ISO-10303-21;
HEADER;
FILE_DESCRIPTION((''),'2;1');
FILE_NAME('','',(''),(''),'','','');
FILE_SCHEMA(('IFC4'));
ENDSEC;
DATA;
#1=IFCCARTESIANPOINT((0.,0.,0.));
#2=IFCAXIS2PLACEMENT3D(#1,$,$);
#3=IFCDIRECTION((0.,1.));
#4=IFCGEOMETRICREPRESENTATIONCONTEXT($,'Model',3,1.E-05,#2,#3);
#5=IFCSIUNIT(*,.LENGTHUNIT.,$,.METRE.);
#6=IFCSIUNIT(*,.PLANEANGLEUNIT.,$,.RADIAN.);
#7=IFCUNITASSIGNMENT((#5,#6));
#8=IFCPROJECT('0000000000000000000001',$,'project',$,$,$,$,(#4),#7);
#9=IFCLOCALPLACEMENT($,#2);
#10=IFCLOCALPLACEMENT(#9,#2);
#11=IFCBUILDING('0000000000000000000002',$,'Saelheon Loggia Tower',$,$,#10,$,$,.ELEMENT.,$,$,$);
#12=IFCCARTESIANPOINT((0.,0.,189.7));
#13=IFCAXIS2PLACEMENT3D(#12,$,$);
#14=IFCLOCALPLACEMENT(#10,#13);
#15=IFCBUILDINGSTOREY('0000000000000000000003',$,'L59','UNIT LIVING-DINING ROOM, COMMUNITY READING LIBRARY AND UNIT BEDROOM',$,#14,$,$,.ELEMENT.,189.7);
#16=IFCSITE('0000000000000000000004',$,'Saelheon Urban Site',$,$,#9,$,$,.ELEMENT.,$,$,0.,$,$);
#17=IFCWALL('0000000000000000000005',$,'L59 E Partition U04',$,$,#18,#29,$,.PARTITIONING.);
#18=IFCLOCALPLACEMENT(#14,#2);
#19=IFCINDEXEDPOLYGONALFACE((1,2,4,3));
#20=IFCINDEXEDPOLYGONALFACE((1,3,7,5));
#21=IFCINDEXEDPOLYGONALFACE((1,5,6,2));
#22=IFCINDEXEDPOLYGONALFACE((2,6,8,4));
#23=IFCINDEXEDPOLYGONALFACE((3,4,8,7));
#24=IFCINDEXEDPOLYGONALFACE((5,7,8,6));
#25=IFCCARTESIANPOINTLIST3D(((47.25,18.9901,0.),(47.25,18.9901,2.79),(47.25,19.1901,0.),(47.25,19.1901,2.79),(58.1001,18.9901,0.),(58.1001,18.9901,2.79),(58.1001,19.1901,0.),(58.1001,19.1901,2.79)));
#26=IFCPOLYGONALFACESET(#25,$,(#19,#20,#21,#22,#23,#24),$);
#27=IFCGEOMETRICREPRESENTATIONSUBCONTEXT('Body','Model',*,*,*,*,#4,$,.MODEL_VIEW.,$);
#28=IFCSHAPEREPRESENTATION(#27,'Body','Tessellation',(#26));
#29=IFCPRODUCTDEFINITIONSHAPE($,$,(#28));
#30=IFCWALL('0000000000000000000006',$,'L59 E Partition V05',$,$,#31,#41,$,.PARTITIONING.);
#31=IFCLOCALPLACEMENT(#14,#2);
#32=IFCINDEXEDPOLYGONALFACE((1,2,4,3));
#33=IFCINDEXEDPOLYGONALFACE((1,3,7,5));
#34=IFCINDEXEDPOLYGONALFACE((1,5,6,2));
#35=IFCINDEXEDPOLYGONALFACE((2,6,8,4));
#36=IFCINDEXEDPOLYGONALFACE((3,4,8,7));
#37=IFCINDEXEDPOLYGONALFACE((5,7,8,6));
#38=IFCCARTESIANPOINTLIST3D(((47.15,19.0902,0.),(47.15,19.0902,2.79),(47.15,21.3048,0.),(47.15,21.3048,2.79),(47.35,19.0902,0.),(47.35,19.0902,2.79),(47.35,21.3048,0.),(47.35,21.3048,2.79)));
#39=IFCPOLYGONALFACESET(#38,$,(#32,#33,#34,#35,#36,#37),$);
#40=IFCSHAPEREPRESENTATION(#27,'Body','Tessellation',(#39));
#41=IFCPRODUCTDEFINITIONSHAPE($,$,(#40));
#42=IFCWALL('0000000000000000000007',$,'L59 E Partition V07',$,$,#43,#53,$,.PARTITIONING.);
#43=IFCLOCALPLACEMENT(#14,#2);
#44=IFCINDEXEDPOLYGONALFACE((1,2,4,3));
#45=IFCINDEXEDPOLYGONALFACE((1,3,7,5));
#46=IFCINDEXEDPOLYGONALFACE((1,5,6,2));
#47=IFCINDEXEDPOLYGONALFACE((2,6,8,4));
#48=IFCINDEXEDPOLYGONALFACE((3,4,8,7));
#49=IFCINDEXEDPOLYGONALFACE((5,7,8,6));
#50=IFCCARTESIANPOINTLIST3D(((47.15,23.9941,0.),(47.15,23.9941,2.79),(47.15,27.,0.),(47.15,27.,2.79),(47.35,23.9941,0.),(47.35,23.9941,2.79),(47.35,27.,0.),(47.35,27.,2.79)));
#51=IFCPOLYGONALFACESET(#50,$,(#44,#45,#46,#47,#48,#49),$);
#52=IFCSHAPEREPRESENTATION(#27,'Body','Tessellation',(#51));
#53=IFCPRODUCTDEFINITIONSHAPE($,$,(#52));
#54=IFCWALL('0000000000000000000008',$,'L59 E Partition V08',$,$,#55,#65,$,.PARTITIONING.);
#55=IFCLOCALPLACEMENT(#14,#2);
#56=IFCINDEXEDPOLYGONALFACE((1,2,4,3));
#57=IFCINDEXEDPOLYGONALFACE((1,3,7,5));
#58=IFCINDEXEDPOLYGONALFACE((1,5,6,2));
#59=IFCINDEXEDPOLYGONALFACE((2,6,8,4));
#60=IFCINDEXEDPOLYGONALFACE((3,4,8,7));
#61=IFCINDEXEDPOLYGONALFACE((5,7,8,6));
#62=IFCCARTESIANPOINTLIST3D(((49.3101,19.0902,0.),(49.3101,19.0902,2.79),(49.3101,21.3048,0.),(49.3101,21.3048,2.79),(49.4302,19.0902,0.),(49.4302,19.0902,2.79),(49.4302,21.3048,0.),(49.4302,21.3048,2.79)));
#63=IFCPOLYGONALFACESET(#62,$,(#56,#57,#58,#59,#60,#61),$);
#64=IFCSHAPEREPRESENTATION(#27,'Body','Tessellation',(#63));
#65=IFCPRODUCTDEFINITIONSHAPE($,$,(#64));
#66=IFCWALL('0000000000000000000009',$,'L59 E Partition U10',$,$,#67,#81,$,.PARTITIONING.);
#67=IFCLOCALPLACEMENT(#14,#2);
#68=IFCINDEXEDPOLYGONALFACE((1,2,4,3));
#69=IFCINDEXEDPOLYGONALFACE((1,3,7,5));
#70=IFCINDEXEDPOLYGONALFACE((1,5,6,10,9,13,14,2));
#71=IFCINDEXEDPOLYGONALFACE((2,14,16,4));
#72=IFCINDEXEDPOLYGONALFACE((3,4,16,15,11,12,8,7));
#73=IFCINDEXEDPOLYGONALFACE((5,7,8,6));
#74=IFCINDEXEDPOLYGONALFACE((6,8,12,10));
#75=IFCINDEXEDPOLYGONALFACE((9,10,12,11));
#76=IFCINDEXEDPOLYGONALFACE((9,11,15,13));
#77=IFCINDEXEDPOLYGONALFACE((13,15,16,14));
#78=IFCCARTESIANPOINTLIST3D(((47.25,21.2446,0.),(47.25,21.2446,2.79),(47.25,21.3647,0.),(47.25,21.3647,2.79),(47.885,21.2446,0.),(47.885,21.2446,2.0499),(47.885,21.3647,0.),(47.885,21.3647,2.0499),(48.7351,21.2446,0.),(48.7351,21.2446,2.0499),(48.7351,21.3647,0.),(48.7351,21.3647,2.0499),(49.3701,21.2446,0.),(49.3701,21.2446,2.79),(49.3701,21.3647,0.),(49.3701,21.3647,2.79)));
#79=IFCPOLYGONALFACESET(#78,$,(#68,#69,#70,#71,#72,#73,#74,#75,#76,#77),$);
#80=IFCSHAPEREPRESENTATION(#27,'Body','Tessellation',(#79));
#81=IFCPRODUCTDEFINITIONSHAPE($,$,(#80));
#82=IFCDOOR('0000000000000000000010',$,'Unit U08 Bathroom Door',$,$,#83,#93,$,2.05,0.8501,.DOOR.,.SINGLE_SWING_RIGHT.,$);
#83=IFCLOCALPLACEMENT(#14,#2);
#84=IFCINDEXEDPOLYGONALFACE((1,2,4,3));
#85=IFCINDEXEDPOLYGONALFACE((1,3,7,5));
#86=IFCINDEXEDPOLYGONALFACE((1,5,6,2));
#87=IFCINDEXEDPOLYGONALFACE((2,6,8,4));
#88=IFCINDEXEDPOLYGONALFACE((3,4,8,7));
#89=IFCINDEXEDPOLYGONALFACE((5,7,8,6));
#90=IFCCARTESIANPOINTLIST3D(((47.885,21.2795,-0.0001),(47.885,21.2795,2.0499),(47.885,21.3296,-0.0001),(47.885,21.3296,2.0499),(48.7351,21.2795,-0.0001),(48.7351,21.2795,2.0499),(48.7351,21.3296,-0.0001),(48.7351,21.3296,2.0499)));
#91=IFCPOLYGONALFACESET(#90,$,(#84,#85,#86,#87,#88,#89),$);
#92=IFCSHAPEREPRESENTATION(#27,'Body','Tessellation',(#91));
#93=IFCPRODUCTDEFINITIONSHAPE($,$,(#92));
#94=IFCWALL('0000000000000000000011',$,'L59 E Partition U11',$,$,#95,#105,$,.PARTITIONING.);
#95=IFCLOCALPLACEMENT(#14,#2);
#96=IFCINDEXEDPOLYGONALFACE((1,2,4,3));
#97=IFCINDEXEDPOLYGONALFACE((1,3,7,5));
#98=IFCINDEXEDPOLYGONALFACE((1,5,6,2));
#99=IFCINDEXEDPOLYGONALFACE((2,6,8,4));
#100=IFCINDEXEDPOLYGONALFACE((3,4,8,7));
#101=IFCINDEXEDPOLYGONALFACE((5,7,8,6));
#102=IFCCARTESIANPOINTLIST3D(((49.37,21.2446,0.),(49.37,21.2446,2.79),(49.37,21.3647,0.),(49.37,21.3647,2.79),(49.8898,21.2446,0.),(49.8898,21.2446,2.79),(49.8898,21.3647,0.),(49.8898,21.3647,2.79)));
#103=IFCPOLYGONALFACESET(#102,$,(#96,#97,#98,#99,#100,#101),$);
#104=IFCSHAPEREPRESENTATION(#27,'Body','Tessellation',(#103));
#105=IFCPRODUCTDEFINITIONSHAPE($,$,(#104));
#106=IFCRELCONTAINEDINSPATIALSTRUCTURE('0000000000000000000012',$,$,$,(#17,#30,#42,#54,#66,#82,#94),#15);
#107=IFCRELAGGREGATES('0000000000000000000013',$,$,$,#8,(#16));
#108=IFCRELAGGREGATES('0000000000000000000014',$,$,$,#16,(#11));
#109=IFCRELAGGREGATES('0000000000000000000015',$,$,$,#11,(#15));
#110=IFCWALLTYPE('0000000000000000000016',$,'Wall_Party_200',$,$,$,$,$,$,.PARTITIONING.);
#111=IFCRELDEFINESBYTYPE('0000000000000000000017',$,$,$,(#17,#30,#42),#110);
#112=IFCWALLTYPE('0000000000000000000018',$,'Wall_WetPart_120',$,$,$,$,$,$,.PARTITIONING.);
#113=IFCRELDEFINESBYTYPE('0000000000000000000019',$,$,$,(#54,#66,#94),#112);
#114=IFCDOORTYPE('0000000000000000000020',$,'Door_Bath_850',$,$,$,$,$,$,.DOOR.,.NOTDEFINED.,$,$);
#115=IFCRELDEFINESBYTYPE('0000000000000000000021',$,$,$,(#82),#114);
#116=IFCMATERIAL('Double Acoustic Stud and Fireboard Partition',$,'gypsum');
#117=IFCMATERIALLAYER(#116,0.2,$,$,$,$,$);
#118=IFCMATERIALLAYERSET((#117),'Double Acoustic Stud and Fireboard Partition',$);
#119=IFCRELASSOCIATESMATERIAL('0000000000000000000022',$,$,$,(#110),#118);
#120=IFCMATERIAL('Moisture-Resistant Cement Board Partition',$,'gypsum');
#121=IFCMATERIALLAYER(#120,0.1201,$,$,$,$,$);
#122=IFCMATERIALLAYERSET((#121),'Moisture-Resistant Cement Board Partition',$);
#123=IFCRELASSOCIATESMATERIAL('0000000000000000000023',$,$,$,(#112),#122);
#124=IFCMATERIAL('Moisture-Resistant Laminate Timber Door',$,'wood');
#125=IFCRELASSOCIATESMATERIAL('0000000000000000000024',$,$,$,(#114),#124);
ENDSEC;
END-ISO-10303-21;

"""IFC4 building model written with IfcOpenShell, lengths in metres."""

from ifc_helpers import new_model, si_unit, direction, frame, frame_2d, origin, place, context, subcontext, project, spatial, rectangle, extrude, source, transform, mapped, material, layer, layer_set, type_object, element, fill, save


model = new_model("IFC4")

# Units and contexts
model_context = context("Model", 3, precision=1e-05, world=origin(), true_north=direction((0.0, 1.0)))
body_context = subcontext(model_context, "Body", "Model", "MODEL_VIEW")
ifc_project = project(units=[si_unit("LENGTHUNIT", "METRE"), si_unit("PLANEANGLEUNIT", "RADIAN")], contexts=[model_context])

# Site, building, storey
site_placement = place(None, origin())
site = spatial("IfcSite", under=ifc_project, at=site_placement, Name="Saelheon Urban Site", CompositionType="ELEMENT", RefElevation=0.0)
building_placement = place(site_placement, origin())
building = spatial("IfcBuilding", under=site, at=building_placement, Name="Saelheon Loggia Tower", CompositionType="ELEMENT")
storey_placement = place(building_placement, frame((0.0, 0.0, 189.7)))
storey = spatial("IfcBuildingStorey", under=building, at=storey_placement, Name="L59", Description="UNIT LIVING-DINING ROOM, COMMUNITY READING LIBRARY AND UNIT BEDROOM", CompositionType="ELEMENT", Elevation=189.7)

# Walls
ifc_material_1 = material(Name="Double Acoustic Stud and Fireboard Partition", Category="gypsum")
ifc_layer_1 = layer(ifc_material_1, 0.2)
ifc_layer_set_1 = layer_set([ifc_layer_1], Name="Double Acoustic Stud and Fireboard Partition")
wall_type_1 = type_object("IfcWallType", Name="Wall_Party_200", PredefinedType="PARTITIONING", material=ifc_layer_set_1)
wall_1_placement = place(storey_placement, frame((47.25, 19.0901, 0.0), z_axis=(0.0, 0.0, 1.0), x_axis=(1.0, 0.0, 0.0)))
element("IfcWall", 1, at=wall_1_placement, inside=storey, type_object=wall_type_1, Name="L59 E Partition U04", PredefinedType="PARTITIONING", context=body_context, shape_type="SweptSolid", body=[
    extrude(rectangle(XDim=10.8501, YDim=0.2, at=frame_2d((5.425, 0.0))), origin(), (0.0, 0.0, 1.0), 2.79),
])
wall_2_placement = place(storey_placement, frame((47.25, 19.0901, 0.0), z_axis=(0.0, 0.0, 1.0), x_axis=(0.0, 1.0, 0.0)))
element("IfcWall", 2, at=wall_2_placement, inside=storey, type_object=wall_type_1, Name="L59 E Partition V05", PredefinedType="PARTITIONING", context=body_context, shape_type="SweptSolid", body=[
    extrude(rectangle(XDim=2.2146, YDim=0.2, at=frame_2d((1.1074, 0.0))), origin(), (0.0, 0.0, 1.0), 2.79),
])

# Walls
wall_3_placement = place(storey_placement, frame((47.25, 23.9941, 0.0), z_axis=(0.0, 0.0, 1.0), x_axis=(0.0, 1.0, 0.0)))
element("IfcWall", 3, at=wall_3_placement, inside=storey, type_object=wall_type_1, Name="L59 E Partition V07", PredefinedType="PARTITIONING", context=body_context, shape_type="SweptSolid", body=[
    extrude(rectangle(XDim=3.0059, YDim=0.2, at=frame_2d((1.5029, 0.0))), origin(), (0.0, 0.0, 1.0), 2.79),
])
ifc_material_2 = material(Name="Moisture-Resistant Cement Board Partition", Category="gypsum")
ifc_layer_2 = layer(ifc_material_2, 0.1201)
ifc_layer_set_2 = layer_set([ifc_layer_2], Name="Moisture-Resistant Cement Board Partition")
wall_type_2 = type_object("IfcWallType", Name="Wall_WetPart_120", PredefinedType="PARTITIONING", material=ifc_layer_set_2)
wall_4_placement = place(storey_placement, frame((49.3701, 19.0901, 0.0), z_axis=(0.0, 0.0, 1.0), x_axis=(0.0, 1.0, 0.0)))
element("IfcWall", 4, at=wall_4_placement, inside=storey, type_object=wall_type_2, Name="L59 E Partition V08", PredefinedType="PARTITIONING", context=body_context, shape_type="SweptSolid", body=[
    extrude(rectangle(XDim=2.2146, YDim=0.1201, at=frame_2d((1.1074, 0.0))), origin(), (0.0, 0.0, 1.0), 2.79),
])

# Wall, opening, door
wall_5_placement = place(storey_placement, frame((47.25, 21.3047, 0.0), z_axis=(0.0, 0.0, 1.0), x_axis=(1.0, 0.0, 0.0)))
wall_5 = element("IfcWall", 5, at=wall_5_placement, inside=storey, type_object=wall_type_2, Name="L59 E Partition U10", PredefinedType="PARTITIONING", context=body_context, shape_type="SweptSolid", body=[
    extrude(rectangle(XDim=2.1201, YDim=0.1201, at=frame_2d((1.0601, 0.0))), origin(), (0.0, 0.0, 1.0), 2.79),
])
opening_1_placement = place(wall_5_placement, frame((0.635, 0.0, 0.0)))
opening_1 = element("IfcOpeningElement", 6, at=opening_1_placement, cuts=wall_5, PredefinedType="OPENING", context=body_context, shape_type="SweptSolid", body=[
    extrude(rectangle(XDim=0.8501, YDim=2.05, at=frame_2d((0.425, 1.0249))), frame((0.0, 0.072, 0.0), z_axis=(0.0, -1.0, 0.0), x_axis=(1.0, 0.0, 0.0)), (0.0, 0.0, 1.0), 0.144),
])
ifc_material_3 = material(Name="Moisture-Resistant Laminate Timber Door", Category="wood")
door_type_1 = type_object("IfcDoorType", Name="Door_Bath_850", OperationType="NOTDEFINED", PredefinedType="DOOR", material=ifc_material_3)
shared_shape_1 = source(origin(), body_context, "Body", "SweptSolid", [
    extrude(rectangle(XDim=0.8501, YDim=2.05, at=frame_2d((0.425, 1.0249))), frame((0.0, 0.0249, 0.0), z_axis=(0.0, -1.0, 0.0), x_axis=(1.0, 0.0, 0.0)), (0.0, 0.0, 1.0), 0.05),
])
door_1_placement = place(opening_1_placement, origin())
door_1 = element("IfcDoor", 7, at=door_1_placement, inside=storey, type_object=door_type_1, Name="Unit U08 Bathroom Door", OperationType="SINGLE_SWING_RIGHT", OverallHeight=2.05, OverallWidth=0.8501, PredefinedType="DOOR", context=body_context, shape_type="MappedRepresentation", body=[
    mapped(shared_shape_1, transform((0.0, 0.0, 0.0), scale=1.0)),
])
fill(opening_1, door_1)

# Wall
wall_6_placement = place(storey_placement, frame((49.3701, 21.3047, 0.0), z_axis=(0.0, 0.0, 1.0), x_axis=(1.0, 0.0, 0.0)))
element("IfcWall", 8, at=wall_6_placement, inside=storey, type_object=wall_type_2, Name="L59 E Partition U11", PredefinedType="PARTITIONING", context=body_context, shape_type="SweptSolid", body=[
    extrude(rectangle(XDim=0.5198, YDim=0.1201, at=frame_2d((0.2598, 0.0))), origin(), (0.0, 0.0, 1.0), 2.79),
])

save(model, "model.ifc")
